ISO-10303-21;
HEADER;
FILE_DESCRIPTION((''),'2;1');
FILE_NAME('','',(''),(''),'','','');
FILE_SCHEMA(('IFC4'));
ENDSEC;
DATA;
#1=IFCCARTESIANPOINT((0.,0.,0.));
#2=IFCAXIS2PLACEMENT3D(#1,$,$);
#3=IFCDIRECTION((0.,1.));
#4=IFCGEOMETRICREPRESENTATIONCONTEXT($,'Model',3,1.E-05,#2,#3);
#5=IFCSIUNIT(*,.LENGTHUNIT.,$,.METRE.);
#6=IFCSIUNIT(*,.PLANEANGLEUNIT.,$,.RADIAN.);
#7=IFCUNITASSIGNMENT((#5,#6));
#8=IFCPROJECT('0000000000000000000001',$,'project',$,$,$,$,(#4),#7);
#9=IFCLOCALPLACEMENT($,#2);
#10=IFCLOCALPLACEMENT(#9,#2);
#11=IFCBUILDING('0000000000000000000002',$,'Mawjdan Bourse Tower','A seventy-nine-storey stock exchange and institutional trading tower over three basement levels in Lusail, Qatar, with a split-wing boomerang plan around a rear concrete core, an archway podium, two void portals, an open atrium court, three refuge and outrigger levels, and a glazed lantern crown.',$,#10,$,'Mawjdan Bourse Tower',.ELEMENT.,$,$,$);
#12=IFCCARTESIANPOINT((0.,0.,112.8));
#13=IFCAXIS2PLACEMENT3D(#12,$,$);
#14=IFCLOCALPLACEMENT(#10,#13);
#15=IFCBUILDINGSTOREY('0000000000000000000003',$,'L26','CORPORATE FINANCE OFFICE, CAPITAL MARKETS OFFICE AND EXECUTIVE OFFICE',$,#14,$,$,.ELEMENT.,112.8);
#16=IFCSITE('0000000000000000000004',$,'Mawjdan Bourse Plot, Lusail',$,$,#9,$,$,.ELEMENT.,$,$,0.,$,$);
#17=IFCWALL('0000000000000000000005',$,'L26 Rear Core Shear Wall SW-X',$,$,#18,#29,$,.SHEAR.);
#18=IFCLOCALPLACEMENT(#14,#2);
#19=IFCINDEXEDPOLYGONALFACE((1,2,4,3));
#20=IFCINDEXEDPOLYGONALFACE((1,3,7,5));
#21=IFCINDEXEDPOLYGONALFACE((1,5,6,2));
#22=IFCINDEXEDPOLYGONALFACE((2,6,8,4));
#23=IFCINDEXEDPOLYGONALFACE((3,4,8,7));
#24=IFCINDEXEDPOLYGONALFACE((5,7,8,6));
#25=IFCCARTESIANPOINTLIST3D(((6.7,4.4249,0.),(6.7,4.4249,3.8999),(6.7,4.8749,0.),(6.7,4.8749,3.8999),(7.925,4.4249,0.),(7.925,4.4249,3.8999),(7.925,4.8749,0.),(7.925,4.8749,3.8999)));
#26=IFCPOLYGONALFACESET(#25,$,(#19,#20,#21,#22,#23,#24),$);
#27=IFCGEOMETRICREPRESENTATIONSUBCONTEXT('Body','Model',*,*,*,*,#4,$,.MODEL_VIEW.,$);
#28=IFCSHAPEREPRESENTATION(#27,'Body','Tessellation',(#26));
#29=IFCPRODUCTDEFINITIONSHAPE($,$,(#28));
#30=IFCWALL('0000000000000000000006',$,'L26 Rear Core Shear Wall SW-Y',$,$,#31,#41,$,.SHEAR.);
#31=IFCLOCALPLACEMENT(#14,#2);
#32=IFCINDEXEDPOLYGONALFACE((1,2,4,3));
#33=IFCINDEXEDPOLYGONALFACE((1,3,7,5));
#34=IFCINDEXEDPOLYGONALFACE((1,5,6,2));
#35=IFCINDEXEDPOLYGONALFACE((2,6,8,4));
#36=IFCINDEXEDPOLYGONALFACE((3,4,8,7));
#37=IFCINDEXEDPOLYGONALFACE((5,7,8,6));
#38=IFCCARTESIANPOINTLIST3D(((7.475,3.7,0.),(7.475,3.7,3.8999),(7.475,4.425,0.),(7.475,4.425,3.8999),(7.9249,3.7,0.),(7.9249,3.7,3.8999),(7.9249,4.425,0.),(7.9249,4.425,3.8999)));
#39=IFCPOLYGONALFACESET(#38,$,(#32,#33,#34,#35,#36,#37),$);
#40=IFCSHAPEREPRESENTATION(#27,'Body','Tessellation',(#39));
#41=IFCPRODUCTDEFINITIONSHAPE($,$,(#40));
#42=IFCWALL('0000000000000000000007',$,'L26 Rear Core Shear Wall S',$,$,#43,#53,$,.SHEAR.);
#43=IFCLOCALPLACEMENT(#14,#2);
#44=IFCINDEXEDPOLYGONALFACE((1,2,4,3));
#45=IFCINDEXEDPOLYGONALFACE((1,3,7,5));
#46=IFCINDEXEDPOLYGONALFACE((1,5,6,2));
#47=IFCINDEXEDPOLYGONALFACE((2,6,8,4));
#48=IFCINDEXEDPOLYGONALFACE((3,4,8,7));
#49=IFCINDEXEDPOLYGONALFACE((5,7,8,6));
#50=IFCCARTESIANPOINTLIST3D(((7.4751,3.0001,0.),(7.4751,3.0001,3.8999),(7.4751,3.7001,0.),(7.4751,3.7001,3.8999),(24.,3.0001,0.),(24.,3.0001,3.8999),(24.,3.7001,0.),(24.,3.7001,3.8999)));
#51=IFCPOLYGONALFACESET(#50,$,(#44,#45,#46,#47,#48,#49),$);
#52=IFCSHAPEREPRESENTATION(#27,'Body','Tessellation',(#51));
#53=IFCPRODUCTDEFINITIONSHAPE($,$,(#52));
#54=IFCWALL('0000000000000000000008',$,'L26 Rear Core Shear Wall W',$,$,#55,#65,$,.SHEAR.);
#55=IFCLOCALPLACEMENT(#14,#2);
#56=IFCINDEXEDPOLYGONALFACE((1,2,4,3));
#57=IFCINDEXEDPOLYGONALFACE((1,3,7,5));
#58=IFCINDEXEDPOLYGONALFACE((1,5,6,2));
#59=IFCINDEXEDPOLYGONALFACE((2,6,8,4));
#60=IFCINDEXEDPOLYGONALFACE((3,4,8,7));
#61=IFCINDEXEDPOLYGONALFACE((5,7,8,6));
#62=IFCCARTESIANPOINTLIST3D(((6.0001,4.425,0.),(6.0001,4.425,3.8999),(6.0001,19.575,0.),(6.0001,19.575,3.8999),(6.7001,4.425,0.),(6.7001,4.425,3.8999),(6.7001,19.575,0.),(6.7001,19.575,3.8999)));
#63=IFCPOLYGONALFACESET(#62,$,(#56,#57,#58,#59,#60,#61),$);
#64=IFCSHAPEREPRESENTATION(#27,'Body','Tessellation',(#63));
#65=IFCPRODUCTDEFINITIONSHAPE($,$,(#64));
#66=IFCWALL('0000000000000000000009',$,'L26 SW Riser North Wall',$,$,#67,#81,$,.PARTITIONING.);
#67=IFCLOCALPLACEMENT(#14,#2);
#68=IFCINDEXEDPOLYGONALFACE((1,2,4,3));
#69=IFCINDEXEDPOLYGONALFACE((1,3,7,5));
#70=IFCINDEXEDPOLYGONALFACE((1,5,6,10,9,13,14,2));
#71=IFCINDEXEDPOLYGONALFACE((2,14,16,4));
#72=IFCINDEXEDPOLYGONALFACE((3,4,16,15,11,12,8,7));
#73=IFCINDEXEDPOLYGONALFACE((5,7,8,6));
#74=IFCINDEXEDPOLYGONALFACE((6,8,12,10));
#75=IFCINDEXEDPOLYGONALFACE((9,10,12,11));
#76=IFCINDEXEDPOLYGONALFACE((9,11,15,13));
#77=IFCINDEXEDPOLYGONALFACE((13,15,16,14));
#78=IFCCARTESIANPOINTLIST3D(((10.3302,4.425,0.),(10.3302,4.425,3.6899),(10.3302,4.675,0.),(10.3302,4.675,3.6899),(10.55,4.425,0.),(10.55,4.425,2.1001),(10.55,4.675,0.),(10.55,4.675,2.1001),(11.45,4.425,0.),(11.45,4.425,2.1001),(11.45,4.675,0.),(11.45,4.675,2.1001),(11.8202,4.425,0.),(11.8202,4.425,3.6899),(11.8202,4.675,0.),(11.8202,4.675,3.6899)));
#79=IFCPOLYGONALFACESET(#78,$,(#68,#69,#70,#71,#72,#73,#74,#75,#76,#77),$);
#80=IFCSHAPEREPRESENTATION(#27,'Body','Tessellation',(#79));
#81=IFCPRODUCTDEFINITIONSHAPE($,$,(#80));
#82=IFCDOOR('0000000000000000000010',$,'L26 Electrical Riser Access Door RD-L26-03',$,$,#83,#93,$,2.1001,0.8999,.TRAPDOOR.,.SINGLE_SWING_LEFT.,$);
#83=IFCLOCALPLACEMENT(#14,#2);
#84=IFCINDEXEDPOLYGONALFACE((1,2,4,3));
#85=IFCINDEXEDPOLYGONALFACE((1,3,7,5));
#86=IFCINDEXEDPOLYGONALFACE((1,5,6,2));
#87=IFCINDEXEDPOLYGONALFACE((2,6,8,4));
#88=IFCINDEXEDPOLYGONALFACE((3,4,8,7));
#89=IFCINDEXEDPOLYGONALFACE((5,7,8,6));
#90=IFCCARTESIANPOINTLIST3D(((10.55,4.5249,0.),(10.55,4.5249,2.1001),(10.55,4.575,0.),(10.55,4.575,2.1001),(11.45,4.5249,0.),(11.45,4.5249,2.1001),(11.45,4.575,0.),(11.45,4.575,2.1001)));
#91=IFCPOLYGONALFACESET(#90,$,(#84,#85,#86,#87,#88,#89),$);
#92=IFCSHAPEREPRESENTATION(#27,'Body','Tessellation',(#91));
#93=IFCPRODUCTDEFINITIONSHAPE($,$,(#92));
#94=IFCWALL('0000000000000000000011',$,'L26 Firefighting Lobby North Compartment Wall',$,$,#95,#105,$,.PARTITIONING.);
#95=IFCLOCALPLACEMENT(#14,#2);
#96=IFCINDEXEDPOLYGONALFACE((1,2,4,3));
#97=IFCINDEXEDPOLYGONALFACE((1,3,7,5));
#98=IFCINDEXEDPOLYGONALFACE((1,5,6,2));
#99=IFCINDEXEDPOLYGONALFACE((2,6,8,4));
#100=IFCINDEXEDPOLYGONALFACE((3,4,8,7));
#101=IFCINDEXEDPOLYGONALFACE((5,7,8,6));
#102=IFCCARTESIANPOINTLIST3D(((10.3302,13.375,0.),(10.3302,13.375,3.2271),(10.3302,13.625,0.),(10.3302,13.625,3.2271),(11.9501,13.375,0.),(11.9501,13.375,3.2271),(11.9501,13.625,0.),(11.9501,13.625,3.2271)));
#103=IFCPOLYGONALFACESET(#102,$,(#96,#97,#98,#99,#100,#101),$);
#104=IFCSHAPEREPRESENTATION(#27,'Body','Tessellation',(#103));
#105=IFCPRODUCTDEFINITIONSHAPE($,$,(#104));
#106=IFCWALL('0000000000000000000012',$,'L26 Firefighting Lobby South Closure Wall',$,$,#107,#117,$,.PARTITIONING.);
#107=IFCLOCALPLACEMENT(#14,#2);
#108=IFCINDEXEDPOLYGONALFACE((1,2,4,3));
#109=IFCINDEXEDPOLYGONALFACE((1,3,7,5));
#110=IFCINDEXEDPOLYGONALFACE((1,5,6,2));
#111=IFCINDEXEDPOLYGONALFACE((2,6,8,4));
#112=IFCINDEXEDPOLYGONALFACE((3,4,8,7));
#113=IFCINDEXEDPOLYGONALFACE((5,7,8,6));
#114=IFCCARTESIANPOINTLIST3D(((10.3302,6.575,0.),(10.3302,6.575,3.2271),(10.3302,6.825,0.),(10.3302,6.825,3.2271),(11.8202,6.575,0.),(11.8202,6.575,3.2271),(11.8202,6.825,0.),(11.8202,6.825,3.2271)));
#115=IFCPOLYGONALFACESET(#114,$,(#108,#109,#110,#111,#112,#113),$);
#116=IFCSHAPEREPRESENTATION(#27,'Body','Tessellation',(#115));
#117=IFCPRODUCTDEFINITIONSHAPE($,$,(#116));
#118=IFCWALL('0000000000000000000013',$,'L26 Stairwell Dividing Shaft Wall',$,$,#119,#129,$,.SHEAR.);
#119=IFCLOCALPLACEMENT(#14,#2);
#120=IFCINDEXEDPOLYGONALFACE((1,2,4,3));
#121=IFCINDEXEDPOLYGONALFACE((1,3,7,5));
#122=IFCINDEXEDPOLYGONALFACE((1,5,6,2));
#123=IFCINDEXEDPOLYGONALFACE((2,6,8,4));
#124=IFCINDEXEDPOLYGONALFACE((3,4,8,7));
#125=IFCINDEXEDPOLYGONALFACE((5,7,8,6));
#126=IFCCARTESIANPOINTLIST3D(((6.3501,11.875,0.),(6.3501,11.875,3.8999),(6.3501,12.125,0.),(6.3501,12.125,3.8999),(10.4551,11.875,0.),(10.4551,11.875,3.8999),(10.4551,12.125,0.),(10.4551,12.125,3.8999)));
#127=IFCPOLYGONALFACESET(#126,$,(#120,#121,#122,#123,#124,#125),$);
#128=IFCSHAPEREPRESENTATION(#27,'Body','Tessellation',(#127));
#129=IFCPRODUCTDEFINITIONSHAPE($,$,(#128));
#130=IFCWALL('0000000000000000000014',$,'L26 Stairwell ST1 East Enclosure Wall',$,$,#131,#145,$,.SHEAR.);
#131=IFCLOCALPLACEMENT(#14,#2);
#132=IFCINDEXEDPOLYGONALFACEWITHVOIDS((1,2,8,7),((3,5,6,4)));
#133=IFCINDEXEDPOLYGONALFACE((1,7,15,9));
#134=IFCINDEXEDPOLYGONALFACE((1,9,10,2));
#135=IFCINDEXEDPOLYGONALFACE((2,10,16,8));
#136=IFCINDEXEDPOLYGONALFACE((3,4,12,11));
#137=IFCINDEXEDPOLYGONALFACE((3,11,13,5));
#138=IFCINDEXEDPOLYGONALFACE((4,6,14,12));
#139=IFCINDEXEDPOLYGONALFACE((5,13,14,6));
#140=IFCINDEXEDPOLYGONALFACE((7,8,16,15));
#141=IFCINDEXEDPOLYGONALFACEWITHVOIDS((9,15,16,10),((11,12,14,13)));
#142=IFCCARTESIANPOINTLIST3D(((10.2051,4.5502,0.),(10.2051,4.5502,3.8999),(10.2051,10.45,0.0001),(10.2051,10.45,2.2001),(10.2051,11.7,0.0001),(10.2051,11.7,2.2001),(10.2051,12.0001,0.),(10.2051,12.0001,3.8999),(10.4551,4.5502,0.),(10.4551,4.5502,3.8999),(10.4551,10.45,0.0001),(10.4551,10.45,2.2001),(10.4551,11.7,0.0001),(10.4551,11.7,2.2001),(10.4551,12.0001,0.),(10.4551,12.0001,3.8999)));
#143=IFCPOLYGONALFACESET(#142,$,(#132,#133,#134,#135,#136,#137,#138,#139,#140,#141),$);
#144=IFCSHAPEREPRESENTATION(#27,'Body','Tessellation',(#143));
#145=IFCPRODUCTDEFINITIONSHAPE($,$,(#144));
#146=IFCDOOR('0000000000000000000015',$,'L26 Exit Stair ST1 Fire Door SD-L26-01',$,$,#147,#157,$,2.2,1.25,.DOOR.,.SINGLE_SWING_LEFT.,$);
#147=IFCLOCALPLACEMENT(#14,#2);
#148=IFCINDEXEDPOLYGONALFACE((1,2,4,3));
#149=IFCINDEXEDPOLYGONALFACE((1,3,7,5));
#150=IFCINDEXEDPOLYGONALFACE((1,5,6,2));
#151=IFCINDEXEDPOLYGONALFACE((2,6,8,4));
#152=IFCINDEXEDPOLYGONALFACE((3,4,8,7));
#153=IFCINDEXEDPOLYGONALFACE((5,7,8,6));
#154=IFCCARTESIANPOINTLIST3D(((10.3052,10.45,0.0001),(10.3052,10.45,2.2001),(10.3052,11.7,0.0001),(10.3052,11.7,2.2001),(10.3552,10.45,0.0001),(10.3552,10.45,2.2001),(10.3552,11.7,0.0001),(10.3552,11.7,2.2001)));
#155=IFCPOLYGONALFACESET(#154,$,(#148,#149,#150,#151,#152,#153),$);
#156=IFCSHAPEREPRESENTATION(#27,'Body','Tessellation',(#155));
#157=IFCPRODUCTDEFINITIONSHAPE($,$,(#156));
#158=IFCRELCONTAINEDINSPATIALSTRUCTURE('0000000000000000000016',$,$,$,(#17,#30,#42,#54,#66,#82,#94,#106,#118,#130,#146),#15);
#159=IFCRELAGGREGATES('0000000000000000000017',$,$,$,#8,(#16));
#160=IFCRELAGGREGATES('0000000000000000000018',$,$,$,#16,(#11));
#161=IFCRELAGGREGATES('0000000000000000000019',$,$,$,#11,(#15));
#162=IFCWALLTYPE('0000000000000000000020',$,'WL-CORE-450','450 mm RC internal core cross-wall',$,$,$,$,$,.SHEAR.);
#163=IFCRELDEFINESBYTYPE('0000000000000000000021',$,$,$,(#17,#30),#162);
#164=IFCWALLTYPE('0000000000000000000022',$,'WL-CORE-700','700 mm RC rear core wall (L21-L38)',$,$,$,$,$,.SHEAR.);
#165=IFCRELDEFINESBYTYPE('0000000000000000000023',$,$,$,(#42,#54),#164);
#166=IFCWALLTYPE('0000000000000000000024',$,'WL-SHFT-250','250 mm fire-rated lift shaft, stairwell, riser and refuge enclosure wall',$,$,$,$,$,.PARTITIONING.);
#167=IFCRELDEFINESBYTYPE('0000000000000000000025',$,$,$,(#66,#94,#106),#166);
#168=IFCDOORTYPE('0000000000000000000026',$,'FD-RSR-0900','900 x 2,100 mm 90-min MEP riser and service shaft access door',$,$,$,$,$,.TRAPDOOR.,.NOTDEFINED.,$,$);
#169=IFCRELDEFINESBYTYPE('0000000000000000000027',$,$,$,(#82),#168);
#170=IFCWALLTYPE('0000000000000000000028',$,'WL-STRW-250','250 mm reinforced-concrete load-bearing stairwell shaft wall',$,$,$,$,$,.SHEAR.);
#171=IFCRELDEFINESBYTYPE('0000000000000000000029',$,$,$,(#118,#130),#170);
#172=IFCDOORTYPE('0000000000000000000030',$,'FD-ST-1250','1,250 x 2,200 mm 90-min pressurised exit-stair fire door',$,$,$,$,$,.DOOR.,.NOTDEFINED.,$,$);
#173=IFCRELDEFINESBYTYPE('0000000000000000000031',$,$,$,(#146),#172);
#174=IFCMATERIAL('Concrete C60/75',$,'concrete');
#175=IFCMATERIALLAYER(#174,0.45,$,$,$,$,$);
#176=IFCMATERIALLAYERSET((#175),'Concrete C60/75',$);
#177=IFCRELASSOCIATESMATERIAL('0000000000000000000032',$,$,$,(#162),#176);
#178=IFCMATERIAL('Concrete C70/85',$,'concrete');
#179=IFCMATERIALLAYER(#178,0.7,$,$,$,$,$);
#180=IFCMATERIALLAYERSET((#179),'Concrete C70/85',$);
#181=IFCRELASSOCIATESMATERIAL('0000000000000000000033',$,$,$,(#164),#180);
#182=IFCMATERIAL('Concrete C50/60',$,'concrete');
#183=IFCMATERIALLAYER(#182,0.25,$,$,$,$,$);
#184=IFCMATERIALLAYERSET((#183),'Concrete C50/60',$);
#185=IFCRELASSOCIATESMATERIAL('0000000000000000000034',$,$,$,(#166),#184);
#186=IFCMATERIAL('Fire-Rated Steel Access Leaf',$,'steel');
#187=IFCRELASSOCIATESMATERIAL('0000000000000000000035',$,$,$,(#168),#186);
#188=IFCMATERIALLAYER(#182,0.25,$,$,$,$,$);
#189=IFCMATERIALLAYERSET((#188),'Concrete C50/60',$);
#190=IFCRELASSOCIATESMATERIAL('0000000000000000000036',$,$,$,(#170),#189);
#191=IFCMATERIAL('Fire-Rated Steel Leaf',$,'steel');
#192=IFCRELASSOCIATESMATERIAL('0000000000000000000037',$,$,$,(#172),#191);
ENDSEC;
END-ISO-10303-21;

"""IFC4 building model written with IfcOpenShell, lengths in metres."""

from ifc_helpers import new_model, si_unit, direction, frame, frame_2d, origin, place, context, subcontext, project, spatial, rectangle, extrude, material, layer, layer_set, type_object, element, fill, save


model = new_model("IFC4")

# Units and contexts
model_context = context("Model", 3, precision=1e-05, world=origin(), true_north=direction((0.0, 1.0)))
body_context = subcontext(model_context, "Body", "Model", "MODEL_VIEW")
ifc_project = project(units=[si_unit("LENGTHUNIT", "METRE"), si_unit("PLANEANGLEUNIT", "RADIAN")], contexts=[model_context])

# Site, building, storey
site_placement = place(None, origin())
site = spatial("IfcSite", under=ifc_project, at=site_placement, Name="Mawjdan Bourse Plot, Lusail", CompositionType="ELEMENT", RefElevation=0.0)
building_placement = place(site_placement, origin())
building = spatial("IfcBuilding", under=site, at=building_placement, Name="Mawjdan Bourse Tower", Description="A seventy-nine-storey stock exchange and institutional trading tower over three basement levels in Lusail, Qatar, with a split-wing boomerang plan around a rear concrete core, an archway podium, two void portals, an open atrium court, three refuge and outrigger levels, and a glazed lantern crown.", LongName="Mawjdan Bourse Tower", CompositionType="ELEMENT")
storey_placement = place(building_placement, frame((0.0, 0.0, 112.8)))
storey = spatial("IfcBuildingStorey", under=building, at=storey_placement, Name="L26", Description="CORPORATE FINANCE OFFICE, CAPITAL MARKETS OFFICE AND EXECUTIVE OFFICE", CompositionType="ELEMENT", Elevation=112.8)

# Shared definitions
ifc_material_1 = material(Name="Concrete C50/60", Category="concrete")

# Walls
ifc_material_2 = material(Name="Concrete C60/75", Category="concrete")
ifc_layer_1 = layer(ifc_material_2, 0.45)
ifc_layer_set_1 = layer_set([ifc_layer_1], Name="Concrete C60/75")
wall_type_1 = type_object("IfcWallType", Name="WL-CORE-450", Description="450 mm RC internal core cross-wall", PredefinedType="SHEAR", material=ifc_layer_set_1)
wall_1_placement = place(storey_placement, frame((6.7, 4.6499, 0.0), z_axis=(0.0, 0.0, 1.0), x_axis=(1.0, 0.0, 0.0)))
element("IfcWall", 1, at=wall_1_placement, inside=storey, type_object=wall_type_1, Name="L26 Rear Core Shear Wall SW-X", PredefinedType="SHEAR", context=body_context, shape_type="SweptSolid", body=[
    extrude(rectangle(XDim=1.2251, YDim=0.45, at=frame_2d((0.6125, 0.0))), origin(), (0.0, 0.0, 1.0), 3.8999),
])
wall_2_placement = place(storey_placement, frame((7.7, 3.7, 0.0), z_axis=(0.0, 0.0, 1.0), x_axis=(0.0, 1.0, 0.0)))
element("IfcWall", 2, at=wall_2_placement, inside=storey, type_object=wall_type_1, Name="L26 Rear Core Shear Wall SW-Y", PredefinedType="SHEAR", context=body_context, shape_type="SweptSolid", body=[
    extrude(rectangle(XDim=0.7251, YDim=0.45, at=frame_2d((0.3625, 0.0))), origin(), (0.0, 0.0, 1.0), 3.8999),
])
ifc_material_3 = material(Name="Concrete C70/85", Category="concrete")
ifc_layer_2 = layer(ifc_material_3, 0.7)
ifc_layer_set_2 = layer_set([ifc_layer_2], Name="Concrete C70/85")
wall_type_2 = type_object("IfcWallType", Name="WL-CORE-700", Description="700 mm RC rear core wall (L21-L38)", PredefinedType="SHEAR", material=ifc_layer_set_2)
wall_3_placement = place(storey_placement, frame((7.4751, 3.3501, 0.0), z_axis=(0.0, 0.0, 1.0), x_axis=(1.0, 0.0, 0.0)))
element("IfcWall", 3, at=wall_3_placement, inside=storey, type_object=wall_type_2, Name="L26 Rear Core Shear Wall S", PredefinedType="SHEAR", context=body_context, shape_type="SweptSolid", body=[
    extrude(rectangle(XDim=16.5249, YDim=0.7, at=frame_2d((8.2625, 0.0))), origin(), (0.0, 0.0, 1.0), 3.8999),
])
wall_4_placement = place(storey_placement, frame((6.3501, 4.425, 0.0), z_axis=(0.0, 0.0, 1.0), x_axis=(0.0, 1.0, 0.0)))
element("IfcWall", 4, at=wall_4_placement, inside=storey, type_object=wall_type_2, Name="L26 Rear Core Shear Wall W", PredefinedType="SHEAR", context=body_context, shape_type="SweptSolid", body=[
    extrude(rectangle(XDim=15.1499, YDim=0.7, at=frame_2d((7.575, 0.0))), origin(), (0.0, 0.0, 1.0), 3.8999),
])

# Wall, opening, door
ifc_layer_3 = layer(ifc_material_1, 0.25)
ifc_layer_set_3 = layer_set([ifc_layer_3], Name="Concrete C50/60")
wall_type_3 = type_object("IfcWallType", Name="WL-SHFT-250", Description="250 mm fire-rated lift shaft, stairwell, riser and refuge enclosure wall", PredefinedType="PARTITIONING", material=ifc_layer_set_3)
wall_5_placement = place(storey_placement, frame((10.3301, 4.55, 0.0), z_axis=(0.0, 0.0, 1.0), x_axis=(1.0, 0.0, 0.0)))
wall_5 = element("IfcWall", 5, at=wall_5_placement, inside=storey, type_object=wall_type_3, Name="L26 SW Riser North Wall", PredefinedType="PARTITIONING", context=body_context, shape_type="SweptSolid", body=[
    extrude(rectangle(XDim=1.49, YDim=0.25, at=frame_2d((0.7451, 0.0))), origin(), (0.0, 0.0, 1.0), 3.6899),
])
opening_1_placement = place(wall_5_placement, frame((0.22, 0.0, 0.0)))
opening_1 = element("IfcOpeningElement", 6, at=opening_1_placement, cuts=wall_5, PredefinedType="OPENING", context=body_context, shape_type="SweptSolid", body=[
    extrude(rectangle(XDim=0.8999, YDim=2.1001, at=frame_2d((0.45, 1.05))), frame((0.0, 0.135, 0.0), z_axis=(0.0, -1.0, 0.0), x_axis=(1.0, 0.0, 0.0)), (0.0, 0.0, 1.0), 0.27),
])
ifc_material_4 = material(Name="Fire-Rated Steel Access Leaf", Category="steel")
door_type_1 = type_object("IfcDoorType", Name="FD-RSR-0900", Description="900 x 2,100 mm 90-min MEP riser and service shaft access door", OperationType="NOTDEFINED", PredefinedType="TRAPDOOR", material=ifc_material_4)
door_1_placement = place(opening_1_placement, origin())
door_1 = element("IfcDoor", 7, at=door_1_placement, inside=storey, type_object=door_type_1, Name="L26 Electrical Riser Access Door RD-L26-03", OperationType="SINGLE_SWING_LEFT", OverallHeight=2.1001, OverallWidth=0.8999, PredefinedType="TRAPDOOR", context=body_context, shape_type="SweptSolid", body=[
    extrude(rectangle(XDim=0.8999, YDim=2.1001, at=frame_2d((0.45, 1.05))), frame((0.0, 0.0249, 0.0), z_axis=(0.0, -1.0, 0.0), x_axis=(1.0, 0.0, 0.0)), (0.0, 0.0, 1.0), 0.05),
])
fill(opening_1, door_1)

# Walls
wall_6_placement = place(storey_placement, frame((10.3301, 13.5, 0.0), z_axis=(0.0, 0.0, 1.0), x_axis=(1.0, 0.0, 0.0)))
element("IfcWall", 8, at=wall_6_placement, inside=storey, type_object=wall_type_3, Name="L26 Firefighting Lobby North Compartment Wall", PredefinedType="PARTITIONING", context=body_context, shape_type="SweptSolid", body=[
    extrude(rectangle(XDim=1.6199, YDim=0.25, at=frame_2d((0.8101, 0.0))), origin(), (0.0, 0.0, 1.0), 3.2271),
])
wall_7_placement = place(storey_placement, frame((10.3301, 6.7, 0.0), z_axis=(0.0, 0.0, 1.0), x_axis=(1.0, 0.0, 0.0)))
element("IfcWall", 9, at=wall_7_placement, inside=storey, type_object=wall_type_3, Name="L26 Firefighting Lobby South Closure Wall", PredefinedType="PARTITIONING", context=body_context, shape_type="SweptSolid", body=[
    extrude(rectangle(XDim=1.49, YDim=0.25, at=frame_2d((0.7451, 0.0))), origin(), (0.0, 0.0, 1.0), 3.2271),
])
ifc_layer_4 = layer(ifc_material_1, 0.25)
ifc_layer_set_4 = layer_set([ifc_layer_4], Name="Concrete C50/60")
wall_type_4 = type_object("IfcWallType", Name="WL-STRW-250", Description="250 mm reinforced-concrete load-bearing stairwell shaft wall", PredefinedType="SHEAR", material=ifc_layer_set_4)
wall_8_placement = place(storey_placement, frame((6.3501, 12.0, 0.0), z_axis=(0.0, 0.0, 1.0), x_axis=(1.0, 0.0, 0.0)))
element("IfcWall", 10, at=wall_8_placement, inside=storey, type_object=wall_type_4, Name="L26 Stairwell Dividing Shaft Wall", PredefinedType="SHEAR", context=body_context, shape_type="SweptSolid", body=[
    extrude(rectangle(XDim=4.105, YDim=0.25, at=frame_2d((2.0525, 0.0))), origin(), (0.0, 0.0, 1.0), 3.8999),
])

# Wall, opening, door
wall_9_placement = place(storey_placement, frame((10.3301, 4.55, 0.0), z_axis=(0.0, 0.0, 1.0), x_axis=(0.0, 1.0, 0.0)))
wall_9 = element("IfcWall", 11, at=wall_9_placement, inside=storey, type_object=wall_type_4, Name="L26 Stairwell ST1 East Enclosure Wall", PredefinedType="SHEAR", context=body_context, shape_type="SweptSolid", body=[
    extrude(rectangle(XDim=7.45, YDim=0.25, at=frame_2d((3.7251, 0.0))), origin(), (0.0, 0.0, 1.0), 3.8999),
])
opening_2_placement = place(wall_9_placement, frame((5.8999, 0.0, 0.0)))
opening_2 = element("IfcOpeningElement", 12, at=opening_2_placement, cuts=wall_9, PredefinedType="OPENING", context=body_context, shape_type="SweptSolid", body=[
    extrude(rectangle(XDim=1.25, YDim=2.2, at=frame_2d((0.625, 1.1001))), frame((0.0, 0.135, 0.0), z_axis=(0.0, -1.0, 0.0), x_axis=(1.0, 0.0, 0.0)), (0.0, 0.0, 1.0), 0.27),
])
ifc_material_5 = material(Name="Fire-Rated Steel Leaf", Category="steel")
door_type_2 = type_object("IfcDoorType", Name="FD-ST-1250", Description="1,250 x 2,200 mm 90-min pressurised exit-stair fire door", OperationType="NOTDEFINED", PredefinedType="DOOR", material=ifc_material_5)
door_2_placement = place(opening_2_placement, origin())
door_2 = element("IfcDoor", 13, at=door_2_placement, inside=storey, type_object=door_type_2, Name="L26 Exit Stair ST1 Fire Door SD-L26-01", OperationType="SINGLE_SWING_LEFT", OverallHeight=2.2, OverallWidth=1.25, PredefinedType="DOOR", context=body_context, shape_type="SweptSolid", body=[
    extrude(rectangle(XDim=1.25, YDim=2.2, at=frame_2d((0.625, 1.1001))), frame((0.0, 0.0249, 0.0), z_axis=(0.0, -1.0, 0.0), x_axis=(1.0, 0.0, 0.0)), (0.0, 0.0, 1.0), 0.05),
])
fill(opening_2, door_2)

save(model, "model.ifc")
